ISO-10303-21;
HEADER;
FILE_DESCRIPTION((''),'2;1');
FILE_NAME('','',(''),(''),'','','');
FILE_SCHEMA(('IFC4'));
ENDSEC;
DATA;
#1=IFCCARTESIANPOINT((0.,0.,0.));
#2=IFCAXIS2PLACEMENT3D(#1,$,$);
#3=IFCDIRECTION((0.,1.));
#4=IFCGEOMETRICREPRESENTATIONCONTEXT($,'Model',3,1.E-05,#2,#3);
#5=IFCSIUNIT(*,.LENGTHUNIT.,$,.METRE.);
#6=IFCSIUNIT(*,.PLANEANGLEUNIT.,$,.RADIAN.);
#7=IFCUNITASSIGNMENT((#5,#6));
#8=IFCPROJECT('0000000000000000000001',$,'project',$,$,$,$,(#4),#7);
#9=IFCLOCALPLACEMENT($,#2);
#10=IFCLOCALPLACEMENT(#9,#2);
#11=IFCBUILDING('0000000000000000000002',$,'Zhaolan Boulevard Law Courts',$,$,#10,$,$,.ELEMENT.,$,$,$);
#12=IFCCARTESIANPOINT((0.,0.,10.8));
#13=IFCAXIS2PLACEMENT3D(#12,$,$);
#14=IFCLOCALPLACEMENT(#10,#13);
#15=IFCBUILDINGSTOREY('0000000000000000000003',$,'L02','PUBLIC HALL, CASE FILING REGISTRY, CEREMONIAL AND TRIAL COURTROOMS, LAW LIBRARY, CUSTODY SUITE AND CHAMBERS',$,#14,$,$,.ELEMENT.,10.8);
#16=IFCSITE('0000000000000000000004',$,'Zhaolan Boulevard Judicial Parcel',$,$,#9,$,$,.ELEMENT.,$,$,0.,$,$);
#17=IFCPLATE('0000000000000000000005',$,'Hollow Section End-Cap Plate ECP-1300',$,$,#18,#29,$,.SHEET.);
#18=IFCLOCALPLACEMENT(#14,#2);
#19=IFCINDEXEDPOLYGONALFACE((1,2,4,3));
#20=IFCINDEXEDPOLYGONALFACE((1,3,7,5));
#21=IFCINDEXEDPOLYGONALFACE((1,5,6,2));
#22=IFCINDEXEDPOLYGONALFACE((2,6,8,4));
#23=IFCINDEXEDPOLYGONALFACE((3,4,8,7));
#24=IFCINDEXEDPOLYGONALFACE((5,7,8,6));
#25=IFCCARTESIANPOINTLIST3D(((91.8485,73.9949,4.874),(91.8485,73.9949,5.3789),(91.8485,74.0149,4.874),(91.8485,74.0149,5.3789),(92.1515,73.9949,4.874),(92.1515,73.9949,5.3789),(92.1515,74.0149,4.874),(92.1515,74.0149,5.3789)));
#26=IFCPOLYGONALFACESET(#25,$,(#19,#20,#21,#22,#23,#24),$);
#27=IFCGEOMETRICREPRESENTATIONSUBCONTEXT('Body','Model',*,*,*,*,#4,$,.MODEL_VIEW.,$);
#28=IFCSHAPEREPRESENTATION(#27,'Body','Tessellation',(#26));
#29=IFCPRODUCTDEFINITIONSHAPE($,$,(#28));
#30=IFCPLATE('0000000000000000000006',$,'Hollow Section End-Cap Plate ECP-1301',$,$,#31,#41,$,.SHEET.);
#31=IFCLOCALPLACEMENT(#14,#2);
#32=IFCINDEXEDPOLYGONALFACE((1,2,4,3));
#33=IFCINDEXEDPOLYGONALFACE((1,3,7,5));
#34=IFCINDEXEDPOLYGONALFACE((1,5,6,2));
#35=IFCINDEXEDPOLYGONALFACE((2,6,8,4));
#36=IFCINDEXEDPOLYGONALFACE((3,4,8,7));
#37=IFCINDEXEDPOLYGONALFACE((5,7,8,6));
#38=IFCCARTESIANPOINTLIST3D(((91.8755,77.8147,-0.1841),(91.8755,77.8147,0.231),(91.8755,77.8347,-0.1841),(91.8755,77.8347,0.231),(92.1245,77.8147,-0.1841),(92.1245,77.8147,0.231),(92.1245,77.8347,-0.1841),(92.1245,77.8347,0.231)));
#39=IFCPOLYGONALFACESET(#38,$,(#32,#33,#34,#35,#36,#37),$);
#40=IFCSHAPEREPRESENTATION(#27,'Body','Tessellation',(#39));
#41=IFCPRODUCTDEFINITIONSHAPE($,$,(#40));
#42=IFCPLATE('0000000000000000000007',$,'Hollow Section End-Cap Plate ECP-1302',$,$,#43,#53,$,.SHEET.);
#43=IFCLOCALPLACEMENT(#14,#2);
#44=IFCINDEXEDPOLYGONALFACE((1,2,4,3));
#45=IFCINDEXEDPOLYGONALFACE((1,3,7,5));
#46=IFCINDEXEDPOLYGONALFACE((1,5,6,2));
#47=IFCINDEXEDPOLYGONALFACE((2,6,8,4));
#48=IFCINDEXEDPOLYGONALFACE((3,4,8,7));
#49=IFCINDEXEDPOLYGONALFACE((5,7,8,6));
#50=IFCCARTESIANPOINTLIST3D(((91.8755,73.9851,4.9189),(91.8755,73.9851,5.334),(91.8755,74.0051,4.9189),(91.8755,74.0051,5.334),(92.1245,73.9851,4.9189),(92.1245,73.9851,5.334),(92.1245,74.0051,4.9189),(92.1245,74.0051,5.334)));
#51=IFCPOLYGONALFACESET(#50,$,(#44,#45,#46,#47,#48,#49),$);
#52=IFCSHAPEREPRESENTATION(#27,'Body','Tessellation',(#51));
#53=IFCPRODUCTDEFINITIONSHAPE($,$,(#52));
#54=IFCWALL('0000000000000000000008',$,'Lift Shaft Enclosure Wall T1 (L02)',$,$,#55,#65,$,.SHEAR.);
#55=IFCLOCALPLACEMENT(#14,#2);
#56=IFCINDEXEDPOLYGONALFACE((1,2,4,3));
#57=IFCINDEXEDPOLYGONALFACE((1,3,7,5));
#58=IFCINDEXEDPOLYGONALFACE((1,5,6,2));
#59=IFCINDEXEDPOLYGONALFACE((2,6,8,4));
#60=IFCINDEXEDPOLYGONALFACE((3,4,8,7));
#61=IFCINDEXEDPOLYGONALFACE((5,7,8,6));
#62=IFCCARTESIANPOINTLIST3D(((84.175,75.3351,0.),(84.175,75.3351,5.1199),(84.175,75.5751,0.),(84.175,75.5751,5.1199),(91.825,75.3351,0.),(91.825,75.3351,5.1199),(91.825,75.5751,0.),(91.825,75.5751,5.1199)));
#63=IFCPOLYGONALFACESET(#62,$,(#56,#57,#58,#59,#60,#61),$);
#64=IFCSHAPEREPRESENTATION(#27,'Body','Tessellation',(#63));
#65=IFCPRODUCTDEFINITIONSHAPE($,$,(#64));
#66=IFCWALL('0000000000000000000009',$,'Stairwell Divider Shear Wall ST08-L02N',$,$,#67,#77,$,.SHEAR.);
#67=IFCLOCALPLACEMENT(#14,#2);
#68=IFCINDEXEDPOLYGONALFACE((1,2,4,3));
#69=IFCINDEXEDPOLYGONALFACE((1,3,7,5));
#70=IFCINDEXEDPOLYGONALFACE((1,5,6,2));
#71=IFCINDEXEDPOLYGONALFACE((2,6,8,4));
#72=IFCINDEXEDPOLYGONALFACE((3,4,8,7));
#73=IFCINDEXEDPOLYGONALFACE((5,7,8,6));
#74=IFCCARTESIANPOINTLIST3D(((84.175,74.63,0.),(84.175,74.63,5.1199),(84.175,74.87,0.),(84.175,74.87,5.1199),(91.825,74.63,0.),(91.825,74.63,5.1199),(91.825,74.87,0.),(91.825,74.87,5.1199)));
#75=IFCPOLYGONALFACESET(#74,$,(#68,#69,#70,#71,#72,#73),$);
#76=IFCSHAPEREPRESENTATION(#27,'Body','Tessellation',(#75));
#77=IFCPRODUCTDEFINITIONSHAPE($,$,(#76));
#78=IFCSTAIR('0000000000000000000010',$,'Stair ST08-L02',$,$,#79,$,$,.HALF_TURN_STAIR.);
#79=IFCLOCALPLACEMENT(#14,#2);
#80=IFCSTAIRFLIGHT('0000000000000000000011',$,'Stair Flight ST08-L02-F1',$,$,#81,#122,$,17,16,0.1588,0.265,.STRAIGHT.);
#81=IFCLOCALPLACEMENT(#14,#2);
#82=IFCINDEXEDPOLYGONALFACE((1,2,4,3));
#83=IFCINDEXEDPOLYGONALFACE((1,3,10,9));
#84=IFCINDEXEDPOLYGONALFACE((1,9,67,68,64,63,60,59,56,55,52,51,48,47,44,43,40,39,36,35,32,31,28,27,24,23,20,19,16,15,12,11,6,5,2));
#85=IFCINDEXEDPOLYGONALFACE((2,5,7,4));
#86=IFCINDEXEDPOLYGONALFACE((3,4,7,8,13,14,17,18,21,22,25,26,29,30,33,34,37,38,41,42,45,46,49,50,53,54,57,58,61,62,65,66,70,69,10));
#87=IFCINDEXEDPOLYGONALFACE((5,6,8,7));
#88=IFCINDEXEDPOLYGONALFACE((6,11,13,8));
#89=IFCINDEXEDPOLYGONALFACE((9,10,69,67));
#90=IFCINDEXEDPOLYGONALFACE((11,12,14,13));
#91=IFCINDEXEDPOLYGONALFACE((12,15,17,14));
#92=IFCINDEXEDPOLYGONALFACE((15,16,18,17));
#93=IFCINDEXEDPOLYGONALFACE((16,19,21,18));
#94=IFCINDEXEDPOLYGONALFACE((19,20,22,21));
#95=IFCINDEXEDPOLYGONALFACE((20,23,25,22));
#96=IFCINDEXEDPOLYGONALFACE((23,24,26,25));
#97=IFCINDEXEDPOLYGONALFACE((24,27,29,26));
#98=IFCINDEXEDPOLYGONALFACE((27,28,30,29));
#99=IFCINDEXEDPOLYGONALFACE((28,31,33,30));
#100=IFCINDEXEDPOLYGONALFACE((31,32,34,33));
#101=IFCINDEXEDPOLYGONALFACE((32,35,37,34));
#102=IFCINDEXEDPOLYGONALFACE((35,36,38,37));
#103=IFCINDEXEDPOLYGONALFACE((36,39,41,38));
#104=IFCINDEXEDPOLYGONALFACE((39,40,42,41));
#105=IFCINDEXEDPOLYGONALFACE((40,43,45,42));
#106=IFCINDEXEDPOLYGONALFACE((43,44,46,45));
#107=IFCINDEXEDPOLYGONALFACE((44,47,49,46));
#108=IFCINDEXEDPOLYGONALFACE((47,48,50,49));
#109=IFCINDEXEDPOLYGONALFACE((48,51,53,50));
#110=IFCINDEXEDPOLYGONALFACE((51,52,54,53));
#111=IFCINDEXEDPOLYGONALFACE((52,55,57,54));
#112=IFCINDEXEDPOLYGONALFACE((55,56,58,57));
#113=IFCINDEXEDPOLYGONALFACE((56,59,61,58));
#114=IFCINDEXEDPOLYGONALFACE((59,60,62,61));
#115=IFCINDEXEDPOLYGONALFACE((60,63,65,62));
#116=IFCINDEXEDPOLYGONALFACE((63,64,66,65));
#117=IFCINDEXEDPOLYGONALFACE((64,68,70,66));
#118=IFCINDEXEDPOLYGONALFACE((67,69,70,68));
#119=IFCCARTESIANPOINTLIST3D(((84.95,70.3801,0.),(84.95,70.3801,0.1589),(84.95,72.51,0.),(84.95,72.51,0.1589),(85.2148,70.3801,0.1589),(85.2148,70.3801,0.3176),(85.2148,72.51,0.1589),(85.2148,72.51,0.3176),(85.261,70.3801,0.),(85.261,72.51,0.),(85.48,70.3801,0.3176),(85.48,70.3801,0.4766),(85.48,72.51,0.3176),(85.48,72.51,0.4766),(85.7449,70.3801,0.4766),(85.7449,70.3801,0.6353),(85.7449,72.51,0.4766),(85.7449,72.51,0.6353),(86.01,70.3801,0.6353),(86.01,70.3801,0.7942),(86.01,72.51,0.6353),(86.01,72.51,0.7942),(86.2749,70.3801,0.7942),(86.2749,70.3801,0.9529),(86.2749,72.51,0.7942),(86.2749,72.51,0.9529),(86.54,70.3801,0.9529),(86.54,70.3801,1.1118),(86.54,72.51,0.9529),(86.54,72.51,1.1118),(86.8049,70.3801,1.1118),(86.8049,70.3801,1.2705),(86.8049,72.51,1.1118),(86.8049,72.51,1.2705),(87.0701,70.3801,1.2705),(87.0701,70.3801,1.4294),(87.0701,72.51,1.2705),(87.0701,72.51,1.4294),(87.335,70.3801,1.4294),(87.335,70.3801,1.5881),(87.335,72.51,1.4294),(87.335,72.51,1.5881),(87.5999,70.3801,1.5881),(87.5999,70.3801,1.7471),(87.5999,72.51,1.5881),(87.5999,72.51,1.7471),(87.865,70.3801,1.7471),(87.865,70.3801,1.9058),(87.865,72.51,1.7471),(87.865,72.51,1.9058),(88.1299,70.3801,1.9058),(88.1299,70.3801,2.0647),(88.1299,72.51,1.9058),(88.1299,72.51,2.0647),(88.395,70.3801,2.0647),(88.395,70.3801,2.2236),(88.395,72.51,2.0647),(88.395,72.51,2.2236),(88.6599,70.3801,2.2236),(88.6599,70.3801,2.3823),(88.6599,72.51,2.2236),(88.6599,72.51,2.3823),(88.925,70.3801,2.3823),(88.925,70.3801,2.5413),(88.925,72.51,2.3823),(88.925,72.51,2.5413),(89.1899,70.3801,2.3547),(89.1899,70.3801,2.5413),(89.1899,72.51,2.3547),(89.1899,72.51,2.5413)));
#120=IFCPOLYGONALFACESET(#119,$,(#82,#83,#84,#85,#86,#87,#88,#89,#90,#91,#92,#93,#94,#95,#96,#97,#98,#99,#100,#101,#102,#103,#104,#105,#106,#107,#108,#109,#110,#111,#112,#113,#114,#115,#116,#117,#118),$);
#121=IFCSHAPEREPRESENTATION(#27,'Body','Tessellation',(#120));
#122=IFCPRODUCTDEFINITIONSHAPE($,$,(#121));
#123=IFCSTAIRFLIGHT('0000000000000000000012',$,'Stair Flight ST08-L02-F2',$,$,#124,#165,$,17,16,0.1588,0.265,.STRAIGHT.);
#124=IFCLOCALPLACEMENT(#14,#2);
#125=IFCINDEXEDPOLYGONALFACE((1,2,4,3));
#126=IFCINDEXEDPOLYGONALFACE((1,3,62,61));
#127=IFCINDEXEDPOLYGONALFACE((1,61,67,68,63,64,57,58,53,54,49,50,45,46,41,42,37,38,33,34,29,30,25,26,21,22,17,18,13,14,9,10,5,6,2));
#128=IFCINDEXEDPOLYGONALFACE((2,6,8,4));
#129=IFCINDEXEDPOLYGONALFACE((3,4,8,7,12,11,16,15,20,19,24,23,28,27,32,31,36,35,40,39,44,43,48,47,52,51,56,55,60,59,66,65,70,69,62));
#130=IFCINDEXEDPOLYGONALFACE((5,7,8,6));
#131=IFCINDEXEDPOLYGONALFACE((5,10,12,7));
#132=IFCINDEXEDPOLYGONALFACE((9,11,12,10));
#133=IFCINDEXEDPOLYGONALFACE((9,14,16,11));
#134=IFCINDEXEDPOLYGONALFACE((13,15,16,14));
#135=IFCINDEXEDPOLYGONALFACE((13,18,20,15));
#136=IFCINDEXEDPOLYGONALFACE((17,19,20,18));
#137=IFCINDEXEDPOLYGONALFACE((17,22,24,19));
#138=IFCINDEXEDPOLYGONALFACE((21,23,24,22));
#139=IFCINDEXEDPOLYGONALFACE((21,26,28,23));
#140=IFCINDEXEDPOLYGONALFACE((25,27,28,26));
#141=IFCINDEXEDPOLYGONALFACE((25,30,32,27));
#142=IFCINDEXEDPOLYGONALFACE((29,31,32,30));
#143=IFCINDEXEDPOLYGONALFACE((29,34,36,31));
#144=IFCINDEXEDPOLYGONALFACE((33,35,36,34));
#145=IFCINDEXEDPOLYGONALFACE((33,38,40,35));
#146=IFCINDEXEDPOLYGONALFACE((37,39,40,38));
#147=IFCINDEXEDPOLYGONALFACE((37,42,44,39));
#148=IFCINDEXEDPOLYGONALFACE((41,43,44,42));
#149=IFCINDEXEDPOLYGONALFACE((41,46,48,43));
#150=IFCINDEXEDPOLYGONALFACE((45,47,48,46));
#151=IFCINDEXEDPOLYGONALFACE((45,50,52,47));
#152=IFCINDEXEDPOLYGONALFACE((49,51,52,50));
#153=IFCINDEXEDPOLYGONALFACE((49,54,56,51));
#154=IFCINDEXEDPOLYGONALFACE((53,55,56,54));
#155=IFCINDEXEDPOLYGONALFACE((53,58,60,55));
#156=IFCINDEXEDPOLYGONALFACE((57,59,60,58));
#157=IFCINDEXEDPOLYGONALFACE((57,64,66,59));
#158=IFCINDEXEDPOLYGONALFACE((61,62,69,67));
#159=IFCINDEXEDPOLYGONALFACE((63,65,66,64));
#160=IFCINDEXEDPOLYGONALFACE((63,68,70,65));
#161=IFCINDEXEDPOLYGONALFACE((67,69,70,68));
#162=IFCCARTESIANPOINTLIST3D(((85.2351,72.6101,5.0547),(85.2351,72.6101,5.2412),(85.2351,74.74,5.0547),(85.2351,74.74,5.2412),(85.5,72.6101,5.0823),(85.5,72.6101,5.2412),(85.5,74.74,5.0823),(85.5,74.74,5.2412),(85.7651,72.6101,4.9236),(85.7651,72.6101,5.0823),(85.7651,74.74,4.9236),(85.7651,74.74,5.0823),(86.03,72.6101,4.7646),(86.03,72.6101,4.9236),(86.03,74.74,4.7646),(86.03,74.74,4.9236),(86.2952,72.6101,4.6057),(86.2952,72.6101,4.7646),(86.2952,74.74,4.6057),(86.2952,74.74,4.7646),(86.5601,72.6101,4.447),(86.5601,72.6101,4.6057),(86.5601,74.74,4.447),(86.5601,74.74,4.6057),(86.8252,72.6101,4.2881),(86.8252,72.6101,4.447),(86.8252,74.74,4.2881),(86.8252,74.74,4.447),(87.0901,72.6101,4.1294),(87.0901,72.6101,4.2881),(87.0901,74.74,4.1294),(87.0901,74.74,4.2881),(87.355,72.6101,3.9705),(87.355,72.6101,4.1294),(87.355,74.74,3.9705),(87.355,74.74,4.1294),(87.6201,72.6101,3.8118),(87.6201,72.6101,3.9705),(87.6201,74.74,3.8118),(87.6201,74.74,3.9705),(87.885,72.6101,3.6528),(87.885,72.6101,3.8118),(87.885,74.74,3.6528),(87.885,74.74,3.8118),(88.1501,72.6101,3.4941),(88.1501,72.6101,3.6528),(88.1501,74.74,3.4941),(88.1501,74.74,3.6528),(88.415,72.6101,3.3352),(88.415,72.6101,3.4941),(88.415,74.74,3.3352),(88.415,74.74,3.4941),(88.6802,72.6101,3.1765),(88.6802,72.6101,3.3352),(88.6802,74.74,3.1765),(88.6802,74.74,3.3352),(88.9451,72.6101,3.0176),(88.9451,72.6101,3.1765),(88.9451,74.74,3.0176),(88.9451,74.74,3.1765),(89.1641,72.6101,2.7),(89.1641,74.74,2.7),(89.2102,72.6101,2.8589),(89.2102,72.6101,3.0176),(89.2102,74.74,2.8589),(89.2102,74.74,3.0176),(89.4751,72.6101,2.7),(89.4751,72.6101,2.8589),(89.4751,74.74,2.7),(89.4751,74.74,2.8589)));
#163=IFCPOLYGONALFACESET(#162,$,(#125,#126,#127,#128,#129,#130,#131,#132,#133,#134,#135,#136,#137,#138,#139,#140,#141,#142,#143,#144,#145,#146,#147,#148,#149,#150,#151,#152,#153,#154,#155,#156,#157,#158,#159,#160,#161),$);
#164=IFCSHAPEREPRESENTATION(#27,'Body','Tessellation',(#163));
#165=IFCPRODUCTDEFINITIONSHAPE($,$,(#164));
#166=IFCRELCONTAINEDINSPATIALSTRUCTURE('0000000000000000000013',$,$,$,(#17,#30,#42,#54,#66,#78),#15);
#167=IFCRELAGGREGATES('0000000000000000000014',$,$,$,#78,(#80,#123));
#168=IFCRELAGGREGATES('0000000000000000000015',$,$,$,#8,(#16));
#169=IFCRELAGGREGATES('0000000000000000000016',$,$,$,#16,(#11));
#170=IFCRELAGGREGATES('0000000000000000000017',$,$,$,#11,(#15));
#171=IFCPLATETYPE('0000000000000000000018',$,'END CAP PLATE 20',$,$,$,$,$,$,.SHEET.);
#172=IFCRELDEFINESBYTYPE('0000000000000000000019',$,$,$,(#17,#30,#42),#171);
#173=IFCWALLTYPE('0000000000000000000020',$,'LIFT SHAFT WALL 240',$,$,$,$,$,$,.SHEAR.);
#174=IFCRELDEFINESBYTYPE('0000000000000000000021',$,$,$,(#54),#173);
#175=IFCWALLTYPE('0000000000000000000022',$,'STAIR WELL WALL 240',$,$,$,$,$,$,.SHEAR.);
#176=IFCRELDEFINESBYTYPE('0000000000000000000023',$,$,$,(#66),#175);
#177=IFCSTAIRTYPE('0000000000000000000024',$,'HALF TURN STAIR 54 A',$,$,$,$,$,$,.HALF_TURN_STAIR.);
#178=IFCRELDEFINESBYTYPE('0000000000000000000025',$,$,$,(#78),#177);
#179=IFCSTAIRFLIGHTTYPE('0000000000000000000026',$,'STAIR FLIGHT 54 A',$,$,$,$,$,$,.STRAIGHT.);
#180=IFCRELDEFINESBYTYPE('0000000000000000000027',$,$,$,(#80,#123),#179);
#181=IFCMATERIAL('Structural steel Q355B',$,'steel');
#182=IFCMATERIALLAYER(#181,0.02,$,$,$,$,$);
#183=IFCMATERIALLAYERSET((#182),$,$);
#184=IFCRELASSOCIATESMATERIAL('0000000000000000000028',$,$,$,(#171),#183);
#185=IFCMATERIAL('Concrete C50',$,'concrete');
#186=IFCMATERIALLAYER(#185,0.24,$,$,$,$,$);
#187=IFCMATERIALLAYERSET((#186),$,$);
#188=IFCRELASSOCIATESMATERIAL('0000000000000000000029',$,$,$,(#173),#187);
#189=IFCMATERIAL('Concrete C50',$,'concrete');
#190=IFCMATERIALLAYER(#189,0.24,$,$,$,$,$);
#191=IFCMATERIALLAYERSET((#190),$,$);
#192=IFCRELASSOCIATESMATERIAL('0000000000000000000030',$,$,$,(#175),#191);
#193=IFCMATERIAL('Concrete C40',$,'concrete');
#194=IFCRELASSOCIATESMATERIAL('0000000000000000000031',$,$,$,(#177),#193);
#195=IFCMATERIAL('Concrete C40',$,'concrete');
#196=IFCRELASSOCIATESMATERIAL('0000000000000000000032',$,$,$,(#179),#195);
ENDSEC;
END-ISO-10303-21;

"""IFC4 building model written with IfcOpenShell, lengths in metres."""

from ifc_helpers import new_model, si_unit, direction, frame, frame_2d, origin, origin_2d, place, context, subcontext, project, spatial, polyline, rectangle, outline, extrude, material, layer, layer_set, type_object, element, aggregate, save


model = new_model("IFC4")

# Units and contexts
model_context = context("Model", 3, precision=1e-05, world=origin(), true_north=direction((0.0, 1.0)))
body_context = subcontext(model_context, "Body", "Model", "MODEL_VIEW")
ifc_project = project(units=[si_unit("LENGTHUNIT", "METRE"), si_unit("PLANEANGLEUNIT", "RADIAN")], contexts=[model_context])

# Site, building, storey
site_placement = place(None, origin())
site = spatial("IfcSite", under=ifc_project, at=site_placement, Name="Zhaolan Boulevard Judicial Parcel", CompositionType="ELEMENT", RefElevation=0.0)
building_placement = place(site_placement, origin())
building = spatial("IfcBuilding", under=site, at=building_placement, Name="Zhaolan Boulevard Law Courts", CompositionType="ELEMENT")
storey_placement = place(building_placement, frame((0.0, 0.0, 10.8)))
storey = spatial("IfcBuildingStorey", under=building, at=storey_placement, Name="L02", Description="PUBLIC HALL, CASE FILING REGISTRY, CEREMONIAL AND TRIAL COURTROOMS, LAW LIBRARY, CUSTODY SUITE AND CHAMBERS", CompositionType="ELEMENT", Elevation=10.8)

# Plates
ifc_material_1 = material(Name="Structural steel Q355B", Category="steel")
ifc_layer_1 = layer(ifc_material_1, 0.02)
ifc_layer_set_1 = layer_set([ifc_layer_1])
plate_type_1 = type_object("IfcPlateType", Name="END CAP PLATE 20", PredefinedType="SHEET", material=ifc_layer_set_1)
plate_placement = place(storey_placement, frame((92.0, 74.0049, 4.874), z_axis=(0.0, 0.0, 1.0), x_axis=(0.0, 1.0, 0.0)))
element("IfcPlate", 1, at=plate_placement, inside=storey, type_object=plate_type_1, Name="Hollow Section End-Cap Plate ECP-1300", PredefinedType="SHEET", context=body_context, shape_type="SweptSolid", body=[
    extrude(rectangle(XDim=0.02, YDim=0.303, at=origin_2d()), origin(), (0.0, 0.0, 1.0), 0.5049),
])
for number, where, z_axis, x_axis, name in (
    (2, (92.0, 77.8247, -0.1841), (0.0, 0.0, 1.0), (0.0, -1.0, 0.0), "Hollow Section End-Cap Plate ECP-1301"),
    (3, (92.0, 73.9951, 4.9189), (0.0, 0.0, 1.0), (0.0, -1.0, 0.0), "Hollow Section End-Cap Plate ECP-1302"),
):
    element("IfcPlate", number, at=place(storey_placement, frame(where, z_axis=z_axis, x_axis=x_axis)), inside=storey, type_object=plate_type_1, Name=name, PredefinedType="SHEET", context=body_context, shape_type="SweptSolid", body=[
        extrude(rectangle(XDim=0.02, YDim=0.249, at=origin_2d()), origin(), (0.0, 0.0, 1.0), 0.415),
    ])

# Walls
ifc_material_2 = material(Name="Concrete C50", Category="concrete")
ifc_layer_2 = layer(ifc_material_2, 0.24)
ifc_layer_set_2 = layer_set([ifc_layer_2])
wall_type_1 = type_object("IfcWallType", Name="LIFT SHAFT WALL 240", PredefinedType="SHEAR", material=ifc_layer_set_2)
wall_1_placement = place(storey_placement, frame((84.175, 75.4551, 0.0), z_axis=(0.0, 0.0, 1.0), x_axis=(1.0, 0.0, 0.0)))
element("IfcWall", 4, at=wall_1_placement, inside=storey, type_object=wall_type_1, Name="Lift Shaft Enclosure Wall T1 (L02)", PredefinedType="SHEAR", context=body_context, shape_type="SweptSolid", body=[
    extrude(rectangle(XDim=7.6499, YDim=0.24, at=frame_2d((3.825, 0.0))), origin(), (0.0, 0.0, 1.0), 5.1199),
])
ifc_material_3 = material(Name="Concrete C50", Category="concrete")
ifc_layer_3 = layer(ifc_material_3, 0.24)
ifc_layer_set_3 = layer_set([ifc_layer_3])
wall_type_2 = type_object("IfcWallType", Name="STAIR WELL WALL 240", PredefinedType="SHEAR", material=ifc_layer_set_3)
wall_2_placement = place(storey_placement, frame((84.175, 74.75, 0.0), z_axis=(0.0, 0.0, 1.0), x_axis=(1.0, 0.0, 0.0)))
element("IfcWall", 5, at=wall_2_placement, inside=storey, type_object=wall_type_2, Name="Stairwell Divider Shear Wall ST08-L02N", PredefinedType="SHEAR", context=body_context, shape_type="SweptSolid", body=[
    extrude(rectangle(XDim=7.6499, YDim=0.24, at=frame_2d((3.825, 0.0))), origin(), (0.0, 0.0, 1.0), 5.1199),
])

# Stair, stair flights
ifc_material_4 = material(Name="Concrete C40", Category="concrete")
stair_type = type_object("IfcStairType", Name="HALF TURN STAIR 54 A", PredefinedType="HALF_TURN_STAIR", material=ifc_material_4)
stair_placement = place(storey_placement, origin())
stair = element("IfcStair", 6, at=stair_placement, inside=storey, type_object=stair_type, Name="Stair ST08-L02", PredefinedType="HALF_TURN_STAIR")
ifc_material_5 = material(Name="Concrete C40", Category="concrete")
stair_flight_type = type_object("IfcStairFlightType", Name="STAIR FLIGHT 54 A", PredefinedType="STRAIGHT", material=ifc_material_5)
stair_flight_1_placement = place(storey_placement, frame((84.95, 71.4451, 0.0), z_axis=(0.0, 0.0, 1.0), x_axis=(1.0, 0.0, 0.0)))
stair_flight_1 = element("IfcStairFlight", 7, at=stair_flight_1_placement, type_object=stair_flight_type, Name="Stair Flight ST08-L02-F1", NumberOfRisers=17, NumberOfTreads=16, PredefinedType="STRAIGHT", RiserHeight=0.1588, TreadLength=0.265, context=body_context, shape_type="SweptSolid", body=[
    extrude(outline(polyline([(0.0, 0.0), (0.0, 0.1589), (0.2649, 0.1589), (0.2649, 0.3176), (0.53, 0.3176), (0.53, 0.4766), (0.7949, 0.4766), (0.7949, 0.6353), (1.0601, 0.6353), (1.0601, 0.7942), (1.325, 0.7942), (1.325, 0.9529), (1.5901, 0.9529), (1.5901, 1.1118), (1.855, 1.1118), (1.855, 1.2705), (2.1201, 1.2705), (2.1201, 1.4294), (2.385, 1.4294), (2.385, 1.5881), (2.6499, 1.5881), (2.6499, 1.7471), (2.915, 1.7471), (2.915, 1.9058), (3.1799, 1.9058), (3.1799, 2.0647), (3.4451, 2.0647), (3.4451, 2.2236), (3.71, 2.2236), (3.71, 2.3823), (3.9751, 2.3823), (3.9751, 2.5413), (4.24, 2.5413), (4.24, 2.7), (4.24, 2.3547), (0.311, 0.0), (0.0, 0.0)])), frame((0.0, 1.0649, 0.0), z_axis=(0.0, -1.0, 0.0), x_axis=(1.0, 0.0, 0.0)), (0.0, 0.0, 1.0), 2.1299),
])
stair_flight_2_placement = place(storey_placement, frame((89.4751, 73.675, 2.7), z_axis=(0.0, 0.0, 1.0), x_axis=(-1.0, 0.0, 0.0)))
stair_flight_2 = element("IfcStairFlight", 8, at=stair_flight_2_placement, type_object=stair_flight_type, Name="Stair Flight ST08-L02-F2", NumberOfRisers=17, NumberOfTreads=16, PredefinedType="STRAIGHT", RiserHeight=0.1588, TreadLength=0.265, context=body_context, shape_type="SweptSolid", body=[
    extrude(outline(polyline([(0.0, 0.0), (0.0, 0.1589), (0.2649, 0.1589), (0.2649, 0.3176), (0.53, 0.3176), (0.53, 0.4766), (0.7949, 0.4766), (0.7949, 0.6353), (1.0601, 0.6353), (1.0601, 0.7942), (1.325, 0.7942), (1.325, 0.9529), (1.5901, 0.9529), (1.5901, 1.1118), (1.855, 1.1118), (1.855, 1.2705), (2.1201, 1.2705), (2.1201, 1.4294), (2.385, 1.4294), (2.385, 1.5881), (2.6499, 1.5881), (2.6499, 1.7471), (2.915, 1.7471), (2.915, 1.9058), (3.1799, 1.9058), (3.1799, 2.0647), (3.4451, 2.0647), (3.4451, 2.2236), (3.71, 2.2236), (3.71, 2.3823), (3.9751, 2.3823), (3.9751, 2.5413), (4.24, 2.5413), (4.24, 2.7), (4.24, 2.3547), (0.311, 0.0), (0.0, 0.0)])), frame((0.0, 1.0649, 0.0), z_axis=(0.0, -1.0, 0.0), x_axis=(1.0, 0.0, 0.0)), (0.0, 0.0, 1.0), 2.1299),
])
aggregate(stair, [stair_flight_1, stair_flight_2])

save(model, "model.ifc")
